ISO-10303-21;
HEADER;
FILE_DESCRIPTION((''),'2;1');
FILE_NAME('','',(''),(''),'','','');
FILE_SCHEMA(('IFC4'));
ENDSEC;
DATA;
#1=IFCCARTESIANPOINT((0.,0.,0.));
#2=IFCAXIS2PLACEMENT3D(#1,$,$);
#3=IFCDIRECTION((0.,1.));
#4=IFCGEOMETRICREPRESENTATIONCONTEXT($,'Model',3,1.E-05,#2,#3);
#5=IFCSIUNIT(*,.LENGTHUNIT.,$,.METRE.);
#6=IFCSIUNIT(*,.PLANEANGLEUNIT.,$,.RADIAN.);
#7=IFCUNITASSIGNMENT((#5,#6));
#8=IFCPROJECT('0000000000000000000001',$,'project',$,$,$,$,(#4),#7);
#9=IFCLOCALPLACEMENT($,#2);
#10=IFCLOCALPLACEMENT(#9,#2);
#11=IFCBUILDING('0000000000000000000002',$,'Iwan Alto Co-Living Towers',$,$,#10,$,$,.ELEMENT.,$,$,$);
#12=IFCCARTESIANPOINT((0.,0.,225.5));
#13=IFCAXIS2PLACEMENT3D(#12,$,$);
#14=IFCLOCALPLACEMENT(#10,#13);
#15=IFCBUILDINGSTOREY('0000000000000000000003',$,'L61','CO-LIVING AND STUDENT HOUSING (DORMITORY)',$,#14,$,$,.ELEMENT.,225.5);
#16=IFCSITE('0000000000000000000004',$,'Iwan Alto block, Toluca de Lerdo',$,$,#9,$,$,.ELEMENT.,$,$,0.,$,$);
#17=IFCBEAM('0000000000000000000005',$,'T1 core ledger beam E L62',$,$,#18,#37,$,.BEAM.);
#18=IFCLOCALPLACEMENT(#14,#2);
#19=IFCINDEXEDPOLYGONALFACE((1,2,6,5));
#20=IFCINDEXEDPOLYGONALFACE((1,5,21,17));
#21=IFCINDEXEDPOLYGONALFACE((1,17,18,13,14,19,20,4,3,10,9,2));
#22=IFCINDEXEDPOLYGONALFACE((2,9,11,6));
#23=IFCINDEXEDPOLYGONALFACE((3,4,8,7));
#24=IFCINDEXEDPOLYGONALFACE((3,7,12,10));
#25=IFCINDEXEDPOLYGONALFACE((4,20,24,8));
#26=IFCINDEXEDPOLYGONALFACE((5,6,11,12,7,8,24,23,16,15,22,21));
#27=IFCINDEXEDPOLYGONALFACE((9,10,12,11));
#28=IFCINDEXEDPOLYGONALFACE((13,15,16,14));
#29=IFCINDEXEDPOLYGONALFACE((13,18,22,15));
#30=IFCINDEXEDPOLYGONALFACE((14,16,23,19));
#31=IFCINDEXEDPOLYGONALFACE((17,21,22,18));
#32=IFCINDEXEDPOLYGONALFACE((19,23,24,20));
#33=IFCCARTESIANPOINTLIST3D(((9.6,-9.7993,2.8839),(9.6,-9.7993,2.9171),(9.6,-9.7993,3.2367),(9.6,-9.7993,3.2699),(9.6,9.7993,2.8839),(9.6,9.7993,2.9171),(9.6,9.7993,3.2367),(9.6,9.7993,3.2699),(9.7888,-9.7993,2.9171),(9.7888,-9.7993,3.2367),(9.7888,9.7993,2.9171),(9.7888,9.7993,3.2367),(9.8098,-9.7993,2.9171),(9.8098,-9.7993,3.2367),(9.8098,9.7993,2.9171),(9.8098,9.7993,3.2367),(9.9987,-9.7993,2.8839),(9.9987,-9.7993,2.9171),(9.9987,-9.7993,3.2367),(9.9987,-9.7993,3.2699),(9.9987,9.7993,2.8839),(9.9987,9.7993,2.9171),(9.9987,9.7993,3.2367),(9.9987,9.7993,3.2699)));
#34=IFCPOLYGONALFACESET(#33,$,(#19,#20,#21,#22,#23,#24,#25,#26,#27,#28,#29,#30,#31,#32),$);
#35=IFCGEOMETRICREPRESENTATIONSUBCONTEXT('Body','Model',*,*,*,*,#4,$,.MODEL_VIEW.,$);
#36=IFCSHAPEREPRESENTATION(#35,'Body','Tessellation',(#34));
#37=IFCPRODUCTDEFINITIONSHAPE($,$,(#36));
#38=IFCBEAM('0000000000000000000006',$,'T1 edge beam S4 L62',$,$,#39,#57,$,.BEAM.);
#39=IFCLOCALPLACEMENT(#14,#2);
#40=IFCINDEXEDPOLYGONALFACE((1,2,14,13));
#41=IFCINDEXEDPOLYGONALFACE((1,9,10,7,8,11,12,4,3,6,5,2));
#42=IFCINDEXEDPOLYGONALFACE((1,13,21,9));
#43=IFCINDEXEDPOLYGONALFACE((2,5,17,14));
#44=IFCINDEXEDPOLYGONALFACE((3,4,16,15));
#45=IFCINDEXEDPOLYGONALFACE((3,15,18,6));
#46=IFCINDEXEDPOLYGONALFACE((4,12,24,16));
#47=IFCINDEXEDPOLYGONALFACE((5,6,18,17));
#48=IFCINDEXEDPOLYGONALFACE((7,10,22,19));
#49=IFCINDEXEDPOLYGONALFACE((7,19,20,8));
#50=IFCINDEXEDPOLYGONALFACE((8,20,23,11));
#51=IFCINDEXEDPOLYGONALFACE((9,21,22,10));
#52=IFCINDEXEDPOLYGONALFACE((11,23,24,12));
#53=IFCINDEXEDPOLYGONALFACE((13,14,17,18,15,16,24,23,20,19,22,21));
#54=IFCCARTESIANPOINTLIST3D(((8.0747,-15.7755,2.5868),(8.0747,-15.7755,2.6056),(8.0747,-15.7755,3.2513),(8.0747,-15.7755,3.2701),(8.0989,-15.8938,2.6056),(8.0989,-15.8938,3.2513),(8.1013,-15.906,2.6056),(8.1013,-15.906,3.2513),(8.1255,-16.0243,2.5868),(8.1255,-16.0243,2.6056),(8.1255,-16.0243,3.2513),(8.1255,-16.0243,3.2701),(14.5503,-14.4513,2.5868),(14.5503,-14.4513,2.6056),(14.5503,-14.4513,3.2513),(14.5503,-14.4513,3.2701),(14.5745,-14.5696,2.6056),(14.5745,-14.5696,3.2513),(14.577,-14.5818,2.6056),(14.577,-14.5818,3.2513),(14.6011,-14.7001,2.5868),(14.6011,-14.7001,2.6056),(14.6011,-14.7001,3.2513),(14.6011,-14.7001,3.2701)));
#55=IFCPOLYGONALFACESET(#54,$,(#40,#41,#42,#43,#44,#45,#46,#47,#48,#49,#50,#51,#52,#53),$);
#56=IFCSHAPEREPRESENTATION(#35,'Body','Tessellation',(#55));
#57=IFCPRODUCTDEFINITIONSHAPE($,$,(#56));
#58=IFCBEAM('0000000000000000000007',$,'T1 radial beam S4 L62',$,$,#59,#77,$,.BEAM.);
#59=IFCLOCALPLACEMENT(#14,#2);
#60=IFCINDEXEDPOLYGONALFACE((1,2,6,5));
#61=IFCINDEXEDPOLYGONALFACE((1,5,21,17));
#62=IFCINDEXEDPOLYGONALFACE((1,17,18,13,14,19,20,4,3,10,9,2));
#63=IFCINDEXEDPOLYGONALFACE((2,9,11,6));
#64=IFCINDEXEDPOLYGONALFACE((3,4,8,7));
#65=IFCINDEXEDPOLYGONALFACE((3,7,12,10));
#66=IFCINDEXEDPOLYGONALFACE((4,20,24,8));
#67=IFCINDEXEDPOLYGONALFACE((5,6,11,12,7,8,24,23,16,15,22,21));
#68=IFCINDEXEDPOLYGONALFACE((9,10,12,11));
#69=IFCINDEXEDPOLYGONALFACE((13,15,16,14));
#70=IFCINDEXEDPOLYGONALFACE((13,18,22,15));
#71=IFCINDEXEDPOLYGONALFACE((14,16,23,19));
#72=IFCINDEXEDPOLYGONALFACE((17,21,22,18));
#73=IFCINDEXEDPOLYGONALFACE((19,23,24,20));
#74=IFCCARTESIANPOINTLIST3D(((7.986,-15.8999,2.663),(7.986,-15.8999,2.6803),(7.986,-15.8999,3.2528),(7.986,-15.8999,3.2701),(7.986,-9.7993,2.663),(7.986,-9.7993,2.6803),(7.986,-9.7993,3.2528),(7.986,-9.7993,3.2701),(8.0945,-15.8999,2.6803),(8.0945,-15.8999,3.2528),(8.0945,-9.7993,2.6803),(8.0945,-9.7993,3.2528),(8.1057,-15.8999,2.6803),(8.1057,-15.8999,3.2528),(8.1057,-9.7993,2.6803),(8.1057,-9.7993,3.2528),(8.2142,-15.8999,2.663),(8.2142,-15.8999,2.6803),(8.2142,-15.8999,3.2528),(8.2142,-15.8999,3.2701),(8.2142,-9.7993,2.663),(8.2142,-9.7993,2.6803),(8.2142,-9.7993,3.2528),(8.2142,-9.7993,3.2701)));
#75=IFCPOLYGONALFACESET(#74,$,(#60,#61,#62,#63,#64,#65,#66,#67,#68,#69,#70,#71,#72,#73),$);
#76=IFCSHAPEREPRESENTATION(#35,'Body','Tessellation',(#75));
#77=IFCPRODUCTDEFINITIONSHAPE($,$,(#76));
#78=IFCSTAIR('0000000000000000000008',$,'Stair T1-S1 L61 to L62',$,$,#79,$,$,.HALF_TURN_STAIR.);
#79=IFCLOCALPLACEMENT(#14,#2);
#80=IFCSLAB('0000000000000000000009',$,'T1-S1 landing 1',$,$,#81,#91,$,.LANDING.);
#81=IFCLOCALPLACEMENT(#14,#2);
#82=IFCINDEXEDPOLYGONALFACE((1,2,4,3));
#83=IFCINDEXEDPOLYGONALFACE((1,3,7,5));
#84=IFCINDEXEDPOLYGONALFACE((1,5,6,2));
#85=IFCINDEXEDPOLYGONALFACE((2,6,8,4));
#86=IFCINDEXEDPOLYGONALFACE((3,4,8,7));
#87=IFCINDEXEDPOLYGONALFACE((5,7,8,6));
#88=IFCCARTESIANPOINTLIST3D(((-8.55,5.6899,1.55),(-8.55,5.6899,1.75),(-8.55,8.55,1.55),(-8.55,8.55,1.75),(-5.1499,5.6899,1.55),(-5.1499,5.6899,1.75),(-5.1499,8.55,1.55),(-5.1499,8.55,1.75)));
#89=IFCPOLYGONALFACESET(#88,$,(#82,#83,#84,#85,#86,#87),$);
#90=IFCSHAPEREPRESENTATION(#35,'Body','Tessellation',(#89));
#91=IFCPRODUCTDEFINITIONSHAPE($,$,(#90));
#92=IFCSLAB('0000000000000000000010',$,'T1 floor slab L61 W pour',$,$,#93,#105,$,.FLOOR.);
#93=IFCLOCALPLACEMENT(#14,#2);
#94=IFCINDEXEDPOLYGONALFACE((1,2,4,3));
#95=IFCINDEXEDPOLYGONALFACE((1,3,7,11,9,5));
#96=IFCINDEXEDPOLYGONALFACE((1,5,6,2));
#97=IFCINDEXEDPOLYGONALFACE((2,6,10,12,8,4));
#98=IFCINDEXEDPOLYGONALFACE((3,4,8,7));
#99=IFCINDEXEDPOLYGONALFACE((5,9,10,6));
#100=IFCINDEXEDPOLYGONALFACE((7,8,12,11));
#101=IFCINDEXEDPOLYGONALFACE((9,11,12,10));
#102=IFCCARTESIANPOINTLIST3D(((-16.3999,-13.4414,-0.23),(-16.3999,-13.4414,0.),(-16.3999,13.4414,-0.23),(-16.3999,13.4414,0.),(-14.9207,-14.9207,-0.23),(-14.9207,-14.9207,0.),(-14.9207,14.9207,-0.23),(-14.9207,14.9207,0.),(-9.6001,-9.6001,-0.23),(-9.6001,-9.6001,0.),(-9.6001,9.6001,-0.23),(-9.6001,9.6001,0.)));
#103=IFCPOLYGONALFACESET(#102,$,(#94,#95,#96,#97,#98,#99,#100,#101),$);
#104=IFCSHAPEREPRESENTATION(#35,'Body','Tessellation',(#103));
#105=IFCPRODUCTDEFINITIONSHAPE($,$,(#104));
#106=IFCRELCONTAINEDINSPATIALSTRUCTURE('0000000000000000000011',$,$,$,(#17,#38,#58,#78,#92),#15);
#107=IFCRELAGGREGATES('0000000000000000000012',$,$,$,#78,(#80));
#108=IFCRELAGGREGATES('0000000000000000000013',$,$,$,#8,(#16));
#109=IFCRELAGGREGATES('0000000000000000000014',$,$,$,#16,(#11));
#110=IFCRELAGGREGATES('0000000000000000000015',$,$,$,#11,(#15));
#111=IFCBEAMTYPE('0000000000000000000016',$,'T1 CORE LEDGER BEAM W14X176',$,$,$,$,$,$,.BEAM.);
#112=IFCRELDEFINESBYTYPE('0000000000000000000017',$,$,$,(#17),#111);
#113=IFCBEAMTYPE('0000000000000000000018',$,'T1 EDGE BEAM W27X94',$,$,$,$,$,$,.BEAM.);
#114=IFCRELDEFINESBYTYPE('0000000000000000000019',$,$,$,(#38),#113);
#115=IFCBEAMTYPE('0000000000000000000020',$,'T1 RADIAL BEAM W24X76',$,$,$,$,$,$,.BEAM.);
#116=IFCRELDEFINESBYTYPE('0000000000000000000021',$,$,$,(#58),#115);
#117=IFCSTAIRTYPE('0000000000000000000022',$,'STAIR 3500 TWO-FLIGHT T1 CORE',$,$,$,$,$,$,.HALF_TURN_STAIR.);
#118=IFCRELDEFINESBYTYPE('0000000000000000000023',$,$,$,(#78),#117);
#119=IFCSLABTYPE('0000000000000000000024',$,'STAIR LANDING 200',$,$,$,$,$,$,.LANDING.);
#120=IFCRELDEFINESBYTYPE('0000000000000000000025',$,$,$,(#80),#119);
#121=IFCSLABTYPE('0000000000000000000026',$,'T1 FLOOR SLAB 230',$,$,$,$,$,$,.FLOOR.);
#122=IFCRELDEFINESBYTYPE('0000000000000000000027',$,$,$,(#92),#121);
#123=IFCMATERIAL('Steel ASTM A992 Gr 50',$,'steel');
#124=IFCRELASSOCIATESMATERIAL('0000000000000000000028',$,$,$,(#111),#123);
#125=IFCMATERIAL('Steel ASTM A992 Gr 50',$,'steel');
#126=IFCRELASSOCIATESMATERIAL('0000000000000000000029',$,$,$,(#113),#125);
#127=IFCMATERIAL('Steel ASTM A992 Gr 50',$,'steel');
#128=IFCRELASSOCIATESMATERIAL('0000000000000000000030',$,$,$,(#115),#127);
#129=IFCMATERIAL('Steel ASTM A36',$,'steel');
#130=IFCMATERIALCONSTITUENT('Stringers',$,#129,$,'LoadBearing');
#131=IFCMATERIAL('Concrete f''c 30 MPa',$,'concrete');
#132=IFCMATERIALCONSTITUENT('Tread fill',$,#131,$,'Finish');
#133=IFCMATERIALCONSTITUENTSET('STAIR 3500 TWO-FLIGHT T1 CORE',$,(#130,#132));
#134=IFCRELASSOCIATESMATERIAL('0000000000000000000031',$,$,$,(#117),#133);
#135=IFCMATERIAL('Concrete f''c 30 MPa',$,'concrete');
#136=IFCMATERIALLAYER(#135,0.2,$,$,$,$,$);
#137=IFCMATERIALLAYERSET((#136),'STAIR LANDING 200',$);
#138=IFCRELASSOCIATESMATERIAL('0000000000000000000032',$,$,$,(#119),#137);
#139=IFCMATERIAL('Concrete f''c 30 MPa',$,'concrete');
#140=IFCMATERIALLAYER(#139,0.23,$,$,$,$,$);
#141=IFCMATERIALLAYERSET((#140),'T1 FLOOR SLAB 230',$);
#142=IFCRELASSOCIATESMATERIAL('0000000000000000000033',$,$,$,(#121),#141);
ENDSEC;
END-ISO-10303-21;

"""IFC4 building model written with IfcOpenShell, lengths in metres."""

from ifc_helpers import new_model, si_unit, direction, frame, origin, origin_2d, place, context, subcontext, project, spatial, polyline, i_section, outline, extrude, material, layer, layer_set, constituent, constituent_set, material_profile, profile_set, type_object, element, aggregate, save


model = new_model("IFC4")

# Units and contexts
model_context = context("Model", 3, precision=1e-05, world=origin(), true_north=direction((0.0, 1.0)))
body_context = subcontext(model_context, "Body", "Model", "MODEL_VIEW")
ifc_project = project(units=[si_unit("LENGTHUNIT", "METRE"), si_unit("PLANEANGLEUNIT", "RADIAN")], contexts=[model_context])

# Site, building, storey
site_placement = place(None, origin())
site = spatial("IfcSite", under=ifc_project, at=site_placement, Name="Iwan Alto block, Toluca de Lerdo", CompositionType="ELEMENT", RefElevation=0.0)
building_placement = place(site_placement, origin())
building = spatial("IfcBuilding", under=site, at=building_placement, Name="Iwan Alto Co-Living Towers", CompositionType="ELEMENT")
storey_placement = place(building_placement, frame((0.0, 0.0, 225.5)))
storey = spatial("IfcBuildingStorey", under=building, at=storey_placement, Name="L61", Description="CO-LIVING AND STUDENT HOUSING (DORMITORY)", CompositionType="ELEMENT", Elevation=225.5)

# Beams
ifc_material_1 = material(Name="Steel ASTM A992 Gr 50", Category="steel")
ifc_material_profile_1 = material_profile(ifc_material_1, i_section(OverallWidth=0.3987, OverallDepth=0.386, WebThickness=0.021, FlangeThickness=0.0332, at=origin_2d()), Name="W14X176")
ifc_profile_set_1 = profile_set([ifc_material_profile_1], Name="Steel ASTM A992 Gr 50")
beam_type_1 = type_object("IfcBeamType", Name="T1 CORE LEDGER BEAM W14X176", PredefinedType="BEAM", material=ifc_profile_set_1)
beam_1_placement = place(storey_placement, frame((9.7993, -9.7993, 3.0769), z_axis=(0.0, 1.0, 0.0), x_axis=(-1.0, 0.0, 0.0)))
element("IfcBeam", 1, at=beam_1_placement, inside=storey, type_object=beam_type_1, Name="T1 core ledger beam E L62", PredefinedType="BEAM", context=body_context, shape_type="SweptSolid", body=[
    extrude(i_section(OverallWidth=0.3987, OverallDepth=0.386, WebThickness=0.021, FlangeThickness=0.0332, at=origin_2d()), origin(), (0.0, 0.0, 1.0), 19.5986),
])
ifc_material_2 = material(Name="Steel ASTM A992 Gr 50", Category="steel")
ifc_material_profile_2 = material_profile(ifc_material_2, i_section(OverallWidth=0.2539, OverallDepth=0.6833, WebThickness=0.0125, FlangeThickness=0.0188, at=origin_2d()), Name="W27X94")
ifc_profile_set_2 = profile_set([ifc_material_profile_2], Name="Steel ASTM A992 Gr 50")
beam_type_2 = type_object("IfcBeamType", Name="T1 EDGE BEAM W27X94", PredefinedType="BEAM", material=ifc_profile_set_2)
beam_2_placement = place(storey_placement, frame((8.1001, -15.8999, 2.9285), z_axis=(0.979725, 0.200348, 0.0), x_axis=(-0.200348, 0.979725, 0.0)))
element("IfcBeam", 2, at=beam_2_placement, inside=storey, type_object=beam_type_2, Name="T1 edge beam S4 L62", PredefinedType="BEAM", context=body_context, shape_type="SweptSolid", body=[
    extrude(i_section(OverallWidth=0.2539, OverallDepth=0.6833, WebThickness=0.0125, FlangeThickness=0.0188, at=origin_2d()), origin(), (0.0, 0.0, 1.0), 6.6096),
])
ifc_material_3 = material(Name="Steel ASTM A992 Gr 50", Category="steel")
ifc_material_profile_3 = material_profile(ifc_material_3, i_section(OverallWidth=0.2283, OverallDepth=0.6072, WebThickness=0.0112, FlangeThickness=0.0173, at=origin_2d()), Name="W24X76")
ifc_profile_set_3 = profile_set([ifc_material_profile_3], Name="Steel ASTM A992 Gr 50")
beam_type_3 = type_object("IfcBeamType", Name="T1 RADIAL BEAM W24X76", PredefinedType="BEAM", material=ifc_profile_set_3)
beam_3_placement = place(storey_placement, frame((8.1001, -15.8999, 2.9666), z_axis=(0.0, 1.0, 0.0), x_axis=(-1.0, 0.0, 0.0)))
element("IfcBeam", 3, at=beam_3_placement, inside=storey, type_object=beam_type_3, Name="T1 radial beam S4 L62", PredefinedType="BEAM", context=body_context, shape_type="SweptSolid", body=[
    extrude(i_section(OverallWidth=0.2283, OverallDepth=0.6072, WebThickness=0.0112, FlangeThickness=0.0173, at=origin_2d()), origin(), (0.0, 0.0, 1.0), 6.1006),
])

# Stair, slab
ifc_material_4 = material(Name="Steel ASTM A36", Category="steel")
ifc_constituent_1 = constituent(ifc_material_4, Name="Stringers", Category="LoadBearing")
ifc_material_5 = material(Name="Concrete f'c 30 MPa", Category="concrete")
ifc_constituent_2 = constituent(ifc_material_5, Name="Tread fill", Category="Finish")
ifc_constituent_set_1 = constituent_set(constituents=[ifc_constituent_1, ifc_constituent_2], Name="STAIR 3500 TWO-FLIGHT T1 CORE")
stair_type = type_object("IfcStairType", Name="STAIR 3500 TWO-FLIGHT T1 CORE", PredefinedType="HALF_TURN_STAIR", material=ifc_constituent_set_1)
stair_1_placement = place(storey_placement, origin())
stair_1 = element("IfcStair", 4, at=stair_1_placement, inside=storey, type_object=stair_type, Name="Stair T1-S1 L61 to L62", PredefinedType="HALF_TURN_STAIR")
ifc_material_6 = material(Name="Concrete f'c 30 MPa", Category="concrete")
ifc_layer_1 = layer(ifc_material_6, 0.2)
ifc_layer_set_1 = layer_set([ifc_layer_1], Name="STAIR LANDING 200")
slab_type_1 = type_object("IfcSlabType", Name="STAIR LANDING 200", PredefinedType="LANDING", material=ifc_layer_set_1)
slab_1_placement = place(storey_placement, frame((0.0, 0.0, 1.55)))
slab_1 = element("IfcSlab", 5, at=slab_1_placement, type_object=slab_type_1, Name="T1-S1 landing 1", PredefinedType="LANDING", context=body_context, shape_type="SweptSolid", body=[
    extrude(outline(polyline([(-8.55, 5.6899), (-8.55, 8.55), (-5.1499, 8.55), (-5.1499, 5.6899), (-8.55, 5.6899)])), origin(), (0.0, 0.0, 1.0), 0.2),
])
aggregate(stair_1, [slab_1])

# Slab
ifc_material_7 = material(Name="Concrete f'c 30 MPa", Category="concrete")
ifc_layer_2 = layer(ifc_material_7, 0.23)
ifc_layer_set_2 = layer_set([ifc_layer_2], Name="T1 FLOOR SLAB 230")
slab_type_2 = type_object("IfcSlabType", Name="T1 FLOOR SLAB 230", PredefinedType="FLOOR", material=ifc_layer_set_2)
slab_2_placement = place(storey_placement, frame((0.0, 0.0, -0.23)))
element("IfcSlab", 6, at=slab_2_placement, inside=storey, type_object=slab_type_2, Name="T1 floor slab L61 W pour", PredefinedType="FLOOR", context=body_context, shape_type="SweptSolid", body=[
    extrude(outline(polyline([(-16.3999, 13.4414), (-14.9207, 14.9207), (-9.6001, 9.6001), (-9.6001, -9.6001), (-14.9207, -14.9207), (-16.3999, -13.4414), (-16.3999, 13.4414)])), origin(), (0.0, 0.0, 1.0), 0.23),
])

save(model, "model.ifc")
